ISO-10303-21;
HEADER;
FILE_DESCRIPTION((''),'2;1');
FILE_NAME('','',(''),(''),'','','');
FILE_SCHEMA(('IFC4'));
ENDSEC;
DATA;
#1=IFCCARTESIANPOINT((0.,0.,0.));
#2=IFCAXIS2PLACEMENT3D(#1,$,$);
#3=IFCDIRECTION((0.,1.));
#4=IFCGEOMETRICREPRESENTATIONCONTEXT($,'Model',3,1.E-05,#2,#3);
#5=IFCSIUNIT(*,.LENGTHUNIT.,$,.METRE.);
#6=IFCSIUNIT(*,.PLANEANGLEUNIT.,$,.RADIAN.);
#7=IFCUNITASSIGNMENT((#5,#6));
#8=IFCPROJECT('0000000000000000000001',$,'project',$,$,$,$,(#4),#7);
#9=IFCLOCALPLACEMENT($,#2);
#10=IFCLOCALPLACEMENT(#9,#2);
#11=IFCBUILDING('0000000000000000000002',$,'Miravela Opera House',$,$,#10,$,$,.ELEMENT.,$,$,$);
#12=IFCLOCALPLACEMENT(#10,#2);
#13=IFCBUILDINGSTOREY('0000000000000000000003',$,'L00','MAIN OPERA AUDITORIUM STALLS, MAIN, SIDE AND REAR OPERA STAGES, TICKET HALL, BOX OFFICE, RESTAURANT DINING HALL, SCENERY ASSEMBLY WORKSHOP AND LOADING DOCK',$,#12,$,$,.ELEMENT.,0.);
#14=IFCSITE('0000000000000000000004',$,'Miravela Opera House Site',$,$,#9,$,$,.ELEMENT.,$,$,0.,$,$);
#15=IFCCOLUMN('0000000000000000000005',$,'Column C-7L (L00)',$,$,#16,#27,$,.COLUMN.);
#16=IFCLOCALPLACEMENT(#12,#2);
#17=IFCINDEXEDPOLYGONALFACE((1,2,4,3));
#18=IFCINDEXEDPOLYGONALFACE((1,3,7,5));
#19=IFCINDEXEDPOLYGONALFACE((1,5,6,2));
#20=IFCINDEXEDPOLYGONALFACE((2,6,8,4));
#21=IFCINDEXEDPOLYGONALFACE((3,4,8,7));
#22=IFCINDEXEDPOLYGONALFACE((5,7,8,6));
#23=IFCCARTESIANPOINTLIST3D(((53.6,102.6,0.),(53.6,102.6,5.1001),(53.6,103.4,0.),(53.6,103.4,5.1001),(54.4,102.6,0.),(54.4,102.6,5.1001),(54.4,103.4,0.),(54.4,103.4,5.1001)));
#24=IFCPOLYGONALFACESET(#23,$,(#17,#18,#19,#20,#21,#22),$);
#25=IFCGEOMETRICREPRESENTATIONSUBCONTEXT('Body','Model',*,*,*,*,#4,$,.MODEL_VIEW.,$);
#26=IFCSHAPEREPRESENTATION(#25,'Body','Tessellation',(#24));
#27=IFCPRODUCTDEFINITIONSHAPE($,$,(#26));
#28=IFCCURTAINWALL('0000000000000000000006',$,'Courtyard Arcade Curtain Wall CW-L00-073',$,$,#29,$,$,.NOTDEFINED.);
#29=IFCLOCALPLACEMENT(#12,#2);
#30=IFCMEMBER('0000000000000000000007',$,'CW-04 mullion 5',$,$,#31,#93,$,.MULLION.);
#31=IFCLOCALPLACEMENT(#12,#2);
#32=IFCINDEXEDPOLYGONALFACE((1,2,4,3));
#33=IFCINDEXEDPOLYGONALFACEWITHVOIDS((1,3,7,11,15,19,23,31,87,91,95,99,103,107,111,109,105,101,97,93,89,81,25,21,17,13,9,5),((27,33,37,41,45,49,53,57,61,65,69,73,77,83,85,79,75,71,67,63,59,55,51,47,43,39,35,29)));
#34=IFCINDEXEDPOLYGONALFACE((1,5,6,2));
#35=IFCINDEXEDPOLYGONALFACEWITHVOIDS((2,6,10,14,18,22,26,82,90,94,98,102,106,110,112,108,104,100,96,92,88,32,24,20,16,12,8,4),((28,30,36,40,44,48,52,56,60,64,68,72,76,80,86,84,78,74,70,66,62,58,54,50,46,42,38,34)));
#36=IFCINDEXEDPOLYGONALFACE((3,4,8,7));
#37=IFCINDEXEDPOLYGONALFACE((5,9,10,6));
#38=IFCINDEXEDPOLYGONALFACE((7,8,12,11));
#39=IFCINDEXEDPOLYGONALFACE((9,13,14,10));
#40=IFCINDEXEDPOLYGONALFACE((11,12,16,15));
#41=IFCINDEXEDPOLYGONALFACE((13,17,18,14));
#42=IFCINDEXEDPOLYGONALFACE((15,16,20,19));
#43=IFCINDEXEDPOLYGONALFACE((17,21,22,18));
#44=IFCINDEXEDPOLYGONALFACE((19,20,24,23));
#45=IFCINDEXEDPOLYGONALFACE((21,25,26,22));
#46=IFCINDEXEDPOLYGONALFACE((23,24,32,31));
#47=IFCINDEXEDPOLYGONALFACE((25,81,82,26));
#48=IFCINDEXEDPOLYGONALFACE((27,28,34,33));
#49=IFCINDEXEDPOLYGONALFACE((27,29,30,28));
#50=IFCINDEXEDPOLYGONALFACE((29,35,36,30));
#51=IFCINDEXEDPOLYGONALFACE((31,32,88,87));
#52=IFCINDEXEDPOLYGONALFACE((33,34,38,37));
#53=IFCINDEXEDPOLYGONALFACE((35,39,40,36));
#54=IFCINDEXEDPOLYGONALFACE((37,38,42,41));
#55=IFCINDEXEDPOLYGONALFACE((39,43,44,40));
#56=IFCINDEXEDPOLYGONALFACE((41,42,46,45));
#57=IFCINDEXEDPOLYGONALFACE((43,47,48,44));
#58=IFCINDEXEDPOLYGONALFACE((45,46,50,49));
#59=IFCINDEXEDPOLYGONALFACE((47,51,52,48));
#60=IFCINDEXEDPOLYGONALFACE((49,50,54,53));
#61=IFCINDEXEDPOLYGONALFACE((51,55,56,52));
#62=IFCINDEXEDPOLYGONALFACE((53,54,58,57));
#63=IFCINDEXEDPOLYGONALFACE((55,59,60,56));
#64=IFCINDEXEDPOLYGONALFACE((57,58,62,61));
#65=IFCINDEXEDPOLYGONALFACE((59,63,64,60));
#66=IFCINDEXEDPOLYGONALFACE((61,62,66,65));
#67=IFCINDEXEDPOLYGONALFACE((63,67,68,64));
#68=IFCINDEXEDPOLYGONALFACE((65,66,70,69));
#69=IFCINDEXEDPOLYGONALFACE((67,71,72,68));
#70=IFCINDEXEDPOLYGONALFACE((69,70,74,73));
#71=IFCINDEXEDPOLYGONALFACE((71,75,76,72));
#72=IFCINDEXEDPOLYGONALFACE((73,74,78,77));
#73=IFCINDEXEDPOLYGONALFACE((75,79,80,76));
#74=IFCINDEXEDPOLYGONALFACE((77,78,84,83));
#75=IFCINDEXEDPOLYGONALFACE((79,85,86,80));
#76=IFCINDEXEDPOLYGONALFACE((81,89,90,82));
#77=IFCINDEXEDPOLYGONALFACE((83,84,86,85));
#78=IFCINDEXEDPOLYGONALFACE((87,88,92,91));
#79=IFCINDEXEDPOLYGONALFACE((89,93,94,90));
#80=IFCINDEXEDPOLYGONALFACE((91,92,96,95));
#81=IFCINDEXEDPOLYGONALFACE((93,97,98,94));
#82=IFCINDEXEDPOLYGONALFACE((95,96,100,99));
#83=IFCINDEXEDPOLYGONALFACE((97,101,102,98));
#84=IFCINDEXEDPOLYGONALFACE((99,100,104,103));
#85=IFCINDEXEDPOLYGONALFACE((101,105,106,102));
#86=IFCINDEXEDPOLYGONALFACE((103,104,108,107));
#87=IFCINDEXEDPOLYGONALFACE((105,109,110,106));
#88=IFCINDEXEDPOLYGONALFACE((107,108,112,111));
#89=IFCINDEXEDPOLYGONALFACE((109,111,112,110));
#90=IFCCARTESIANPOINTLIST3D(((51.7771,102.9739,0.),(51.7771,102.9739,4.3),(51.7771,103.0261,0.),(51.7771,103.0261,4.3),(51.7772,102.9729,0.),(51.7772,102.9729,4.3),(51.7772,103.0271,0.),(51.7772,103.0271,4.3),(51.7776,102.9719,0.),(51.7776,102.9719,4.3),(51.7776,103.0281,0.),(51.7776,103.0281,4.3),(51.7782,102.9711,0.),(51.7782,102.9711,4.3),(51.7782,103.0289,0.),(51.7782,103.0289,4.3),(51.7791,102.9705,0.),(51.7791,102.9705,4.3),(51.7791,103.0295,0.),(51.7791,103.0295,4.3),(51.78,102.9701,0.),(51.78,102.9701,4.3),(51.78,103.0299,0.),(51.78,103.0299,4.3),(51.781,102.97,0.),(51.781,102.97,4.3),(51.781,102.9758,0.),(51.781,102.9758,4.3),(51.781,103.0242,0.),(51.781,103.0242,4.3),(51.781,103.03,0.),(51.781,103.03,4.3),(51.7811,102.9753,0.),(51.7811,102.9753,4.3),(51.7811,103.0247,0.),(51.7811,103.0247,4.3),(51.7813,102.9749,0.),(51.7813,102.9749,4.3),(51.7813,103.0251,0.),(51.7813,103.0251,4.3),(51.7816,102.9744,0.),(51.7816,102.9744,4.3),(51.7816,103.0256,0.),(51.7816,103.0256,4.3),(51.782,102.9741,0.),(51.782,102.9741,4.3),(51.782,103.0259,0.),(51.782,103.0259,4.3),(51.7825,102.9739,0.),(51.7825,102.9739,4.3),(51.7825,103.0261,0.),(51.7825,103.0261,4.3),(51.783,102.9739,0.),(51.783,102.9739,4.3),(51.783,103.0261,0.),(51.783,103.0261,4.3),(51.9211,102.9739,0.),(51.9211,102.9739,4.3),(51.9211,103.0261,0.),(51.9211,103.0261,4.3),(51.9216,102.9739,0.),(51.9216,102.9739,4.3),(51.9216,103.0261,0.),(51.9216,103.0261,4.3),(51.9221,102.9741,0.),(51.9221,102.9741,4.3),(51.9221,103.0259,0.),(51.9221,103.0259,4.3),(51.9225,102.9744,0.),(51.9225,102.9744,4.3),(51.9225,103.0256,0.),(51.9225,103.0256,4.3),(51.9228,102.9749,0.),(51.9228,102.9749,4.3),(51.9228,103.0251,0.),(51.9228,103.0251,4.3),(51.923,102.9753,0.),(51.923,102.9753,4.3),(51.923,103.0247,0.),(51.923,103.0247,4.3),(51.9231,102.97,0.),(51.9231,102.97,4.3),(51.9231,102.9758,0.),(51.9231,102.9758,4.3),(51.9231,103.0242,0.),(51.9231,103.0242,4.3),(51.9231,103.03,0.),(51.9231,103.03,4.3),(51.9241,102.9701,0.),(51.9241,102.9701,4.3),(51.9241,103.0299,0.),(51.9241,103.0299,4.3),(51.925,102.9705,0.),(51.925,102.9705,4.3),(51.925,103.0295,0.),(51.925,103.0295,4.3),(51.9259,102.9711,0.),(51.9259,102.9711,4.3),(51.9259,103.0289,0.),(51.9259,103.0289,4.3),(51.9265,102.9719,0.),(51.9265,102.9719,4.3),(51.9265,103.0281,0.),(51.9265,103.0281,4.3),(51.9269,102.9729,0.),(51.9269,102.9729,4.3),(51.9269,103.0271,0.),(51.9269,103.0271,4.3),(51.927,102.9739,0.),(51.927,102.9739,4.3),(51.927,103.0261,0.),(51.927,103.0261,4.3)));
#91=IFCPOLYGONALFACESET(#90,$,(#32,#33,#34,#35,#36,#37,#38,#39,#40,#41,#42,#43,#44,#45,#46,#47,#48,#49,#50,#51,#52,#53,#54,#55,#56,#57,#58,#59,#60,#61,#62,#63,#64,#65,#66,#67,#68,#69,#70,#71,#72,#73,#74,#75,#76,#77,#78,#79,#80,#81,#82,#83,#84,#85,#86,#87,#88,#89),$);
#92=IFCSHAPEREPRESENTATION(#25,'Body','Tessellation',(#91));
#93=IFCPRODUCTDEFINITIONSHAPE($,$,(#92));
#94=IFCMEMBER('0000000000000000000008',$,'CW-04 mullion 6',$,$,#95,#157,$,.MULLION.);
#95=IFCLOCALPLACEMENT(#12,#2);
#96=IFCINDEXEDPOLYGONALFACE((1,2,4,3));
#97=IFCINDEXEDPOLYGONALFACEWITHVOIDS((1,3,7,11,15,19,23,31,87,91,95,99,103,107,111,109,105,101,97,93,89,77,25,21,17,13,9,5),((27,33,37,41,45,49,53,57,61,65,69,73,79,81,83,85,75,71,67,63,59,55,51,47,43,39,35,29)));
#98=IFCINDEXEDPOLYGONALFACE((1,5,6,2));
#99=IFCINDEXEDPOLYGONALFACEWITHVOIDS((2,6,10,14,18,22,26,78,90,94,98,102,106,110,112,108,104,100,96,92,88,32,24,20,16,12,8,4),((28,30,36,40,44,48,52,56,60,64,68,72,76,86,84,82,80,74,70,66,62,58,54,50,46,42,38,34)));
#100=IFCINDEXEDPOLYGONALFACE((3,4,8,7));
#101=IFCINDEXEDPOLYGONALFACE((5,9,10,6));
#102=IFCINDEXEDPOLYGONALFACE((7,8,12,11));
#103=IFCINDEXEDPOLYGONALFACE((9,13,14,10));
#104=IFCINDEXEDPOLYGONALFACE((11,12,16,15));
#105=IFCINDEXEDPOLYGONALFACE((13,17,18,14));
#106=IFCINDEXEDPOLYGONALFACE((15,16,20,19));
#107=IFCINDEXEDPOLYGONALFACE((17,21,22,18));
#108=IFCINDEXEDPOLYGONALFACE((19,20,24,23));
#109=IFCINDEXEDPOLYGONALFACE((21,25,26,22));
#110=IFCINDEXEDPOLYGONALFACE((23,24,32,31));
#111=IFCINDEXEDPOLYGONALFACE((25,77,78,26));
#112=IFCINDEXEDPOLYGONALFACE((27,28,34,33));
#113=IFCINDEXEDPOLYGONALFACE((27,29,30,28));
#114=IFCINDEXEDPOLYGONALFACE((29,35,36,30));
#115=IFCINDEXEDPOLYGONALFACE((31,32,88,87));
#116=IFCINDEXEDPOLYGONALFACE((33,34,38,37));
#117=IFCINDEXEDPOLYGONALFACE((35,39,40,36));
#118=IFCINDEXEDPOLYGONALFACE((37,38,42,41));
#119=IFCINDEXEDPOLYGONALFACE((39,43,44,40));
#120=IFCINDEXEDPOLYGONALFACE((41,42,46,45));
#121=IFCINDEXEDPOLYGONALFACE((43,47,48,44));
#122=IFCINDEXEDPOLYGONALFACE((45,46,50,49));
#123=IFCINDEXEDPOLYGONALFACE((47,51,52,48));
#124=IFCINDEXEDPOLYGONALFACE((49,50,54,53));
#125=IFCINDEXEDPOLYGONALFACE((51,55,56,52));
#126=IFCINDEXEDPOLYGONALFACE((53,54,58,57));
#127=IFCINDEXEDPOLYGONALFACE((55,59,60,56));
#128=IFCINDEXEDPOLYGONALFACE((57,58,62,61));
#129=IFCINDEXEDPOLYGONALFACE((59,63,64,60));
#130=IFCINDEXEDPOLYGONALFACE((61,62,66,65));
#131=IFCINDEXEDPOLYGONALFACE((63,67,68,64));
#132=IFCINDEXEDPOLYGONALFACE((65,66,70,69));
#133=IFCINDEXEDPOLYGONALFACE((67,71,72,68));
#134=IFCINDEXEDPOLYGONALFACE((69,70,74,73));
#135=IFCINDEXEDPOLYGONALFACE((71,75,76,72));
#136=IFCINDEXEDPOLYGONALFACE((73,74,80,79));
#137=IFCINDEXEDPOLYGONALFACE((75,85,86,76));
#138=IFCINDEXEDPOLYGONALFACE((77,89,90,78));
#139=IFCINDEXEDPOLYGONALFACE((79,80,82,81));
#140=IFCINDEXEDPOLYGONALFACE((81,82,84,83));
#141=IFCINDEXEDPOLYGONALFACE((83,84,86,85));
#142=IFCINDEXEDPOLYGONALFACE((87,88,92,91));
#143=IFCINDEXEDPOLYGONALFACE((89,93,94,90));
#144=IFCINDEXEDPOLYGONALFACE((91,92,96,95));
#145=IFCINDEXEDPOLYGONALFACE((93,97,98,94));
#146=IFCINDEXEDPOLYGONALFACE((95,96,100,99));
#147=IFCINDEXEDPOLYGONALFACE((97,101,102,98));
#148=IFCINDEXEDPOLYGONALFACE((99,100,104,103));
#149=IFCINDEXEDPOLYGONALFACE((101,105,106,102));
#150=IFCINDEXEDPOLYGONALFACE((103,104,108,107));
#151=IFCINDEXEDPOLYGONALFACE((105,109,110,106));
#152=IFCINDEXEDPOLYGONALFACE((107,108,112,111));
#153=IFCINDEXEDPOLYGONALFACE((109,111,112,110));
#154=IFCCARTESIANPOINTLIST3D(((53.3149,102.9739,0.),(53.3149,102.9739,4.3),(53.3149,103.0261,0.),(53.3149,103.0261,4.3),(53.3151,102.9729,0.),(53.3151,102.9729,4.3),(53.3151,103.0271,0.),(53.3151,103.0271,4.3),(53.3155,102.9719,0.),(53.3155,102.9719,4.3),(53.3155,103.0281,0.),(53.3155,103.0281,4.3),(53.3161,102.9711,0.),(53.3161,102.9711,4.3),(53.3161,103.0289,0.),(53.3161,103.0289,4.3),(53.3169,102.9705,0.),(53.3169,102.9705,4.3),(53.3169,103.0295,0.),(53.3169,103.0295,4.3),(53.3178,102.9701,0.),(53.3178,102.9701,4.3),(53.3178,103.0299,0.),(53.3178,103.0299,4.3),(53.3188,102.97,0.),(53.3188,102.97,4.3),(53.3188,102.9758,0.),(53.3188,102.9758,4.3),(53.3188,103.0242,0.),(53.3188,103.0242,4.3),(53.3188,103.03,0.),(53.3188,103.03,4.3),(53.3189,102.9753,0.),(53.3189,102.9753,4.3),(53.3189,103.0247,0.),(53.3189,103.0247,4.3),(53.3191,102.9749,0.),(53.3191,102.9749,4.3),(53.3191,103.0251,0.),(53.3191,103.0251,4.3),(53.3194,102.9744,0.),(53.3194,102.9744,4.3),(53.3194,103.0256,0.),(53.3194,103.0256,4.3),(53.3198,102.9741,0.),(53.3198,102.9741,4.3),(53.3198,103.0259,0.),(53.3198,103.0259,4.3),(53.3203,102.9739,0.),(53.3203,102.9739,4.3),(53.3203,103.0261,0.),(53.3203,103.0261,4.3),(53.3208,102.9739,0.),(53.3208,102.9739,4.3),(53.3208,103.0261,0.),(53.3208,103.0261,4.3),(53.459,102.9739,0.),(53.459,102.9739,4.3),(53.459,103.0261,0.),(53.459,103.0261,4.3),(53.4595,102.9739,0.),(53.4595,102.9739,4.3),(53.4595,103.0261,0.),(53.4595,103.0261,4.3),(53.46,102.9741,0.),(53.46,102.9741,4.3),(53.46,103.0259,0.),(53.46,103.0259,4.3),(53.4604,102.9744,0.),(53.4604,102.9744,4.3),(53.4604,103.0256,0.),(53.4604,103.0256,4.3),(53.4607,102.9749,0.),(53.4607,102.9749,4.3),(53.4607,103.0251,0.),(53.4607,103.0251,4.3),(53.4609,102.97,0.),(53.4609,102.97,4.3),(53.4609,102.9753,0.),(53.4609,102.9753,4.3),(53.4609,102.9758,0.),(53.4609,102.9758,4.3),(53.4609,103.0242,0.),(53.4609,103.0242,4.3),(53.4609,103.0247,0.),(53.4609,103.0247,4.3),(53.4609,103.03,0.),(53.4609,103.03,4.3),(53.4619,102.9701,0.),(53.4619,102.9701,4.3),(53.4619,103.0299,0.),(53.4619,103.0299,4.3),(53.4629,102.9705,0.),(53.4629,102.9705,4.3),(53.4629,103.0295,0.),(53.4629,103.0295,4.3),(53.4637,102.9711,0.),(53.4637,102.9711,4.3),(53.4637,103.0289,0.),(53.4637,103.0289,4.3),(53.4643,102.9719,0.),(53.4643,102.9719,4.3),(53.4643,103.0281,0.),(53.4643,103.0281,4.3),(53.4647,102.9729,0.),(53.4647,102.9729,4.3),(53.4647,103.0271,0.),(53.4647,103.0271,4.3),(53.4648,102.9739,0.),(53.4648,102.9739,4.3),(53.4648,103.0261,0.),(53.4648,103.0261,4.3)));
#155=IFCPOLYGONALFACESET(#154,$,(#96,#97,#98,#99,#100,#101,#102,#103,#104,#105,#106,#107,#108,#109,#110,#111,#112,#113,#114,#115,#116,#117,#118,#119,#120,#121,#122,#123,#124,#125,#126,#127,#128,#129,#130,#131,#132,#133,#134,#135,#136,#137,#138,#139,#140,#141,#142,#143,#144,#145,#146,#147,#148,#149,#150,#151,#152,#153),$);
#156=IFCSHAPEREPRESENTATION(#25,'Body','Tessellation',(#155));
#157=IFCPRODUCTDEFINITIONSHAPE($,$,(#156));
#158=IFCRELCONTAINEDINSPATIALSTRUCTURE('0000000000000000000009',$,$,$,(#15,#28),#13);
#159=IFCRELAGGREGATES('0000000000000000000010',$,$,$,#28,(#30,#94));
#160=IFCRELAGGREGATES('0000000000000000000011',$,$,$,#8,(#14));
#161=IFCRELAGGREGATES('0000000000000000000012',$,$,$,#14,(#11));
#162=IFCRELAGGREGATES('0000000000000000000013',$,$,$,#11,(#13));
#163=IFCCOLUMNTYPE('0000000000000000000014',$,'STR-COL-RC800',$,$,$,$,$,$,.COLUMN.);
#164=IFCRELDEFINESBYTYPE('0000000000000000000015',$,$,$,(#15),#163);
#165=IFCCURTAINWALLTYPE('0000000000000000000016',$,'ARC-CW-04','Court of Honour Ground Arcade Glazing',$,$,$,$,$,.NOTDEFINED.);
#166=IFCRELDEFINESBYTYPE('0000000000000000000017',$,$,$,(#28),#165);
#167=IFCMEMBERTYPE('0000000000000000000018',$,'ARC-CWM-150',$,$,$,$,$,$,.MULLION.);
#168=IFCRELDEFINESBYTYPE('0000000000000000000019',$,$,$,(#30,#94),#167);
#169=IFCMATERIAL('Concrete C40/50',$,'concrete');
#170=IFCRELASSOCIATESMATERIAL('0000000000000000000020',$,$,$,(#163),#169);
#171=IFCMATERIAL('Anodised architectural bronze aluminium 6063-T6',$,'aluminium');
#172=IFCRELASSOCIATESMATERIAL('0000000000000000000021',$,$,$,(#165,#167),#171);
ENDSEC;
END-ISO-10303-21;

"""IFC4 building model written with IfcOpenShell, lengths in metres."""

from ifc_helpers import new_model, si_unit, direction, frame, origin, origin_2d, place, context, subcontext, project, spatial, rectangle, hollow_rectangle, extrude, material, material_profile, profile_set, type_object, element, aggregate, save


model = new_model("IFC4")

# Units and contexts
model_context = context("Model", 3, precision=1e-05, world=origin(), true_north=direction((0.0, 1.0)))
body_context = subcontext(model_context, "Body", "Model", "MODEL_VIEW")
ifc_project = project(units=[si_unit("LENGTHUNIT", "METRE"), si_unit("PLANEANGLEUNIT", "RADIAN")], contexts=[model_context])

# Site, building, storey
site_placement = place(None, origin())
site = spatial("IfcSite", under=ifc_project, at=site_placement, Name="Miravela Opera House Site", CompositionType="ELEMENT", RefElevation=0.0)
building_placement = place(site_placement, origin())
building = spatial("IfcBuilding", under=site, at=building_placement, Name="Miravela Opera House", CompositionType="ELEMENT")
storey_placement = place(building_placement, origin())
storey = spatial("IfcBuildingStorey", under=building, at=storey_placement, Name="L00", Description="MAIN OPERA AUDITORIUM STALLS, MAIN, SIDE AND REAR OPERA STAGES, TICKET HALL, BOX OFFICE, RESTAURANT DINING HALL, SCENERY ASSEMBLY WORKSHOP AND LOADING DOCK", CompositionType="ELEMENT", Elevation=0.0)

# Column
ifc_material_1 = material(Name="Concrete C40/50", Category="concrete")
ifc_material_profile_1 = material_profile(ifc_material_1, rectangle(XDim=0.8, YDim=0.8, at=origin_2d()), Name="RC-COL-800X800")
ifc_profile_set_1 = profile_set([ifc_material_profile_1])
column_type = type_object("IfcColumnType", Name="STR-COL-RC800", PredefinedType="COLUMN", material=ifc_profile_set_1)
column_placement = place(storey_placement, frame((54.0, 103.0, 0.0), z_axis=(0.0, 0.0, 1.0), x_axis=(1.0, 0.0, 0.0)))
element("IfcColumn", 1, at=column_placement, inside=storey, type_object=column_type, Name="Column C-7L (L00)", PredefinedType="COLUMN", context=body_context, shape_type="SweptSolid", body=[
    extrude(rectangle(XDim=0.8, YDim=0.8, at=origin_2d()), origin(), (0.0, 0.0, 1.0), 5.1001),
])

# Curtain wall, members
ifc_material_2 = material(Name="Anodised architectural bronze aluminium 6063-T6", Category="aluminium")
curtain_wall_type = type_object("IfcCurtainWallType", Name="ARC-CW-04", Description="Court of Honour Ground Arcade Glazing", PredefinedType="NOTDEFINED", material=ifc_material_2)
curtain_wall_1_placement = place(storey_placement, origin())
curtain_wall_1 = element("IfcCurtainWall", 2, at=curtain_wall_1_placement, inside=storey, type_object=curtain_wall_type, Name="Courtyard Arcade Curtain Wall CW-L00-073", PredefinedType="NOTDEFINED")
ifc_material_profile_2 = material_profile(ifc_material_2, hollow_rectangle(XDim=0.0601, YDim=0.1499, WallThickness=0.0039, InnerFilletRadius=0.002, OuterFilletRadius=0.0039, at=origin_2d()), Name="CWM-60X150")
ifc_profile_set_2 = profile_set([ifc_material_profile_2])
member_type_1 = type_object("IfcMemberType", Name="ARC-CWM-150", PredefinedType="MULLION", material=ifc_profile_set_2)
member_1_placement = place(storey_placement, frame((51.8521, 103.0, 0.0), z_axis=(0.0, 0.0, 1.0), x_axis=(0.0, 1.0, 0.0)))
member_1 = element("IfcMember", 3, at=member_1_placement, type_object=member_type_1, Name="CW-04 mullion 5", PredefinedType="MULLION", context=body_context, shape_type="SweptSolid", body=[
    extrude(hollow_rectangle(XDim=0.0601, YDim=0.1499, WallThickness=0.0039, InnerFilletRadius=0.002, OuterFilletRadius=0.0039, at=origin_2d()), origin(), (0.0, 0.0, 1.0), 4.3),
])
member_2_placement = place(storey_placement, frame((53.3899, 103.0, 0.0), z_axis=(0.0, 0.0, 1.0), x_axis=(0.0, 1.0, 0.0)))
member_2 = element("IfcMember", 4, at=member_2_placement, type_object=member_type_1, Name="CW-04 mullion 6", PredefinedType="MULLION", context=body_context, shape_type="SweptSolid", body=[
    extrude(hollow_rectangle(XDim=0.0601, YDim=0.1499, WallThickness=0.0039, InnerFilletRadius=0.002, OuterFilletRadius=0.0039, at=origin_2d()), origin(), (0.0, 0.0, 1.0), 4.3),
])

aggregate(curtain_wall_1, [member_1, member_2])

save(model, "model.ifc")
